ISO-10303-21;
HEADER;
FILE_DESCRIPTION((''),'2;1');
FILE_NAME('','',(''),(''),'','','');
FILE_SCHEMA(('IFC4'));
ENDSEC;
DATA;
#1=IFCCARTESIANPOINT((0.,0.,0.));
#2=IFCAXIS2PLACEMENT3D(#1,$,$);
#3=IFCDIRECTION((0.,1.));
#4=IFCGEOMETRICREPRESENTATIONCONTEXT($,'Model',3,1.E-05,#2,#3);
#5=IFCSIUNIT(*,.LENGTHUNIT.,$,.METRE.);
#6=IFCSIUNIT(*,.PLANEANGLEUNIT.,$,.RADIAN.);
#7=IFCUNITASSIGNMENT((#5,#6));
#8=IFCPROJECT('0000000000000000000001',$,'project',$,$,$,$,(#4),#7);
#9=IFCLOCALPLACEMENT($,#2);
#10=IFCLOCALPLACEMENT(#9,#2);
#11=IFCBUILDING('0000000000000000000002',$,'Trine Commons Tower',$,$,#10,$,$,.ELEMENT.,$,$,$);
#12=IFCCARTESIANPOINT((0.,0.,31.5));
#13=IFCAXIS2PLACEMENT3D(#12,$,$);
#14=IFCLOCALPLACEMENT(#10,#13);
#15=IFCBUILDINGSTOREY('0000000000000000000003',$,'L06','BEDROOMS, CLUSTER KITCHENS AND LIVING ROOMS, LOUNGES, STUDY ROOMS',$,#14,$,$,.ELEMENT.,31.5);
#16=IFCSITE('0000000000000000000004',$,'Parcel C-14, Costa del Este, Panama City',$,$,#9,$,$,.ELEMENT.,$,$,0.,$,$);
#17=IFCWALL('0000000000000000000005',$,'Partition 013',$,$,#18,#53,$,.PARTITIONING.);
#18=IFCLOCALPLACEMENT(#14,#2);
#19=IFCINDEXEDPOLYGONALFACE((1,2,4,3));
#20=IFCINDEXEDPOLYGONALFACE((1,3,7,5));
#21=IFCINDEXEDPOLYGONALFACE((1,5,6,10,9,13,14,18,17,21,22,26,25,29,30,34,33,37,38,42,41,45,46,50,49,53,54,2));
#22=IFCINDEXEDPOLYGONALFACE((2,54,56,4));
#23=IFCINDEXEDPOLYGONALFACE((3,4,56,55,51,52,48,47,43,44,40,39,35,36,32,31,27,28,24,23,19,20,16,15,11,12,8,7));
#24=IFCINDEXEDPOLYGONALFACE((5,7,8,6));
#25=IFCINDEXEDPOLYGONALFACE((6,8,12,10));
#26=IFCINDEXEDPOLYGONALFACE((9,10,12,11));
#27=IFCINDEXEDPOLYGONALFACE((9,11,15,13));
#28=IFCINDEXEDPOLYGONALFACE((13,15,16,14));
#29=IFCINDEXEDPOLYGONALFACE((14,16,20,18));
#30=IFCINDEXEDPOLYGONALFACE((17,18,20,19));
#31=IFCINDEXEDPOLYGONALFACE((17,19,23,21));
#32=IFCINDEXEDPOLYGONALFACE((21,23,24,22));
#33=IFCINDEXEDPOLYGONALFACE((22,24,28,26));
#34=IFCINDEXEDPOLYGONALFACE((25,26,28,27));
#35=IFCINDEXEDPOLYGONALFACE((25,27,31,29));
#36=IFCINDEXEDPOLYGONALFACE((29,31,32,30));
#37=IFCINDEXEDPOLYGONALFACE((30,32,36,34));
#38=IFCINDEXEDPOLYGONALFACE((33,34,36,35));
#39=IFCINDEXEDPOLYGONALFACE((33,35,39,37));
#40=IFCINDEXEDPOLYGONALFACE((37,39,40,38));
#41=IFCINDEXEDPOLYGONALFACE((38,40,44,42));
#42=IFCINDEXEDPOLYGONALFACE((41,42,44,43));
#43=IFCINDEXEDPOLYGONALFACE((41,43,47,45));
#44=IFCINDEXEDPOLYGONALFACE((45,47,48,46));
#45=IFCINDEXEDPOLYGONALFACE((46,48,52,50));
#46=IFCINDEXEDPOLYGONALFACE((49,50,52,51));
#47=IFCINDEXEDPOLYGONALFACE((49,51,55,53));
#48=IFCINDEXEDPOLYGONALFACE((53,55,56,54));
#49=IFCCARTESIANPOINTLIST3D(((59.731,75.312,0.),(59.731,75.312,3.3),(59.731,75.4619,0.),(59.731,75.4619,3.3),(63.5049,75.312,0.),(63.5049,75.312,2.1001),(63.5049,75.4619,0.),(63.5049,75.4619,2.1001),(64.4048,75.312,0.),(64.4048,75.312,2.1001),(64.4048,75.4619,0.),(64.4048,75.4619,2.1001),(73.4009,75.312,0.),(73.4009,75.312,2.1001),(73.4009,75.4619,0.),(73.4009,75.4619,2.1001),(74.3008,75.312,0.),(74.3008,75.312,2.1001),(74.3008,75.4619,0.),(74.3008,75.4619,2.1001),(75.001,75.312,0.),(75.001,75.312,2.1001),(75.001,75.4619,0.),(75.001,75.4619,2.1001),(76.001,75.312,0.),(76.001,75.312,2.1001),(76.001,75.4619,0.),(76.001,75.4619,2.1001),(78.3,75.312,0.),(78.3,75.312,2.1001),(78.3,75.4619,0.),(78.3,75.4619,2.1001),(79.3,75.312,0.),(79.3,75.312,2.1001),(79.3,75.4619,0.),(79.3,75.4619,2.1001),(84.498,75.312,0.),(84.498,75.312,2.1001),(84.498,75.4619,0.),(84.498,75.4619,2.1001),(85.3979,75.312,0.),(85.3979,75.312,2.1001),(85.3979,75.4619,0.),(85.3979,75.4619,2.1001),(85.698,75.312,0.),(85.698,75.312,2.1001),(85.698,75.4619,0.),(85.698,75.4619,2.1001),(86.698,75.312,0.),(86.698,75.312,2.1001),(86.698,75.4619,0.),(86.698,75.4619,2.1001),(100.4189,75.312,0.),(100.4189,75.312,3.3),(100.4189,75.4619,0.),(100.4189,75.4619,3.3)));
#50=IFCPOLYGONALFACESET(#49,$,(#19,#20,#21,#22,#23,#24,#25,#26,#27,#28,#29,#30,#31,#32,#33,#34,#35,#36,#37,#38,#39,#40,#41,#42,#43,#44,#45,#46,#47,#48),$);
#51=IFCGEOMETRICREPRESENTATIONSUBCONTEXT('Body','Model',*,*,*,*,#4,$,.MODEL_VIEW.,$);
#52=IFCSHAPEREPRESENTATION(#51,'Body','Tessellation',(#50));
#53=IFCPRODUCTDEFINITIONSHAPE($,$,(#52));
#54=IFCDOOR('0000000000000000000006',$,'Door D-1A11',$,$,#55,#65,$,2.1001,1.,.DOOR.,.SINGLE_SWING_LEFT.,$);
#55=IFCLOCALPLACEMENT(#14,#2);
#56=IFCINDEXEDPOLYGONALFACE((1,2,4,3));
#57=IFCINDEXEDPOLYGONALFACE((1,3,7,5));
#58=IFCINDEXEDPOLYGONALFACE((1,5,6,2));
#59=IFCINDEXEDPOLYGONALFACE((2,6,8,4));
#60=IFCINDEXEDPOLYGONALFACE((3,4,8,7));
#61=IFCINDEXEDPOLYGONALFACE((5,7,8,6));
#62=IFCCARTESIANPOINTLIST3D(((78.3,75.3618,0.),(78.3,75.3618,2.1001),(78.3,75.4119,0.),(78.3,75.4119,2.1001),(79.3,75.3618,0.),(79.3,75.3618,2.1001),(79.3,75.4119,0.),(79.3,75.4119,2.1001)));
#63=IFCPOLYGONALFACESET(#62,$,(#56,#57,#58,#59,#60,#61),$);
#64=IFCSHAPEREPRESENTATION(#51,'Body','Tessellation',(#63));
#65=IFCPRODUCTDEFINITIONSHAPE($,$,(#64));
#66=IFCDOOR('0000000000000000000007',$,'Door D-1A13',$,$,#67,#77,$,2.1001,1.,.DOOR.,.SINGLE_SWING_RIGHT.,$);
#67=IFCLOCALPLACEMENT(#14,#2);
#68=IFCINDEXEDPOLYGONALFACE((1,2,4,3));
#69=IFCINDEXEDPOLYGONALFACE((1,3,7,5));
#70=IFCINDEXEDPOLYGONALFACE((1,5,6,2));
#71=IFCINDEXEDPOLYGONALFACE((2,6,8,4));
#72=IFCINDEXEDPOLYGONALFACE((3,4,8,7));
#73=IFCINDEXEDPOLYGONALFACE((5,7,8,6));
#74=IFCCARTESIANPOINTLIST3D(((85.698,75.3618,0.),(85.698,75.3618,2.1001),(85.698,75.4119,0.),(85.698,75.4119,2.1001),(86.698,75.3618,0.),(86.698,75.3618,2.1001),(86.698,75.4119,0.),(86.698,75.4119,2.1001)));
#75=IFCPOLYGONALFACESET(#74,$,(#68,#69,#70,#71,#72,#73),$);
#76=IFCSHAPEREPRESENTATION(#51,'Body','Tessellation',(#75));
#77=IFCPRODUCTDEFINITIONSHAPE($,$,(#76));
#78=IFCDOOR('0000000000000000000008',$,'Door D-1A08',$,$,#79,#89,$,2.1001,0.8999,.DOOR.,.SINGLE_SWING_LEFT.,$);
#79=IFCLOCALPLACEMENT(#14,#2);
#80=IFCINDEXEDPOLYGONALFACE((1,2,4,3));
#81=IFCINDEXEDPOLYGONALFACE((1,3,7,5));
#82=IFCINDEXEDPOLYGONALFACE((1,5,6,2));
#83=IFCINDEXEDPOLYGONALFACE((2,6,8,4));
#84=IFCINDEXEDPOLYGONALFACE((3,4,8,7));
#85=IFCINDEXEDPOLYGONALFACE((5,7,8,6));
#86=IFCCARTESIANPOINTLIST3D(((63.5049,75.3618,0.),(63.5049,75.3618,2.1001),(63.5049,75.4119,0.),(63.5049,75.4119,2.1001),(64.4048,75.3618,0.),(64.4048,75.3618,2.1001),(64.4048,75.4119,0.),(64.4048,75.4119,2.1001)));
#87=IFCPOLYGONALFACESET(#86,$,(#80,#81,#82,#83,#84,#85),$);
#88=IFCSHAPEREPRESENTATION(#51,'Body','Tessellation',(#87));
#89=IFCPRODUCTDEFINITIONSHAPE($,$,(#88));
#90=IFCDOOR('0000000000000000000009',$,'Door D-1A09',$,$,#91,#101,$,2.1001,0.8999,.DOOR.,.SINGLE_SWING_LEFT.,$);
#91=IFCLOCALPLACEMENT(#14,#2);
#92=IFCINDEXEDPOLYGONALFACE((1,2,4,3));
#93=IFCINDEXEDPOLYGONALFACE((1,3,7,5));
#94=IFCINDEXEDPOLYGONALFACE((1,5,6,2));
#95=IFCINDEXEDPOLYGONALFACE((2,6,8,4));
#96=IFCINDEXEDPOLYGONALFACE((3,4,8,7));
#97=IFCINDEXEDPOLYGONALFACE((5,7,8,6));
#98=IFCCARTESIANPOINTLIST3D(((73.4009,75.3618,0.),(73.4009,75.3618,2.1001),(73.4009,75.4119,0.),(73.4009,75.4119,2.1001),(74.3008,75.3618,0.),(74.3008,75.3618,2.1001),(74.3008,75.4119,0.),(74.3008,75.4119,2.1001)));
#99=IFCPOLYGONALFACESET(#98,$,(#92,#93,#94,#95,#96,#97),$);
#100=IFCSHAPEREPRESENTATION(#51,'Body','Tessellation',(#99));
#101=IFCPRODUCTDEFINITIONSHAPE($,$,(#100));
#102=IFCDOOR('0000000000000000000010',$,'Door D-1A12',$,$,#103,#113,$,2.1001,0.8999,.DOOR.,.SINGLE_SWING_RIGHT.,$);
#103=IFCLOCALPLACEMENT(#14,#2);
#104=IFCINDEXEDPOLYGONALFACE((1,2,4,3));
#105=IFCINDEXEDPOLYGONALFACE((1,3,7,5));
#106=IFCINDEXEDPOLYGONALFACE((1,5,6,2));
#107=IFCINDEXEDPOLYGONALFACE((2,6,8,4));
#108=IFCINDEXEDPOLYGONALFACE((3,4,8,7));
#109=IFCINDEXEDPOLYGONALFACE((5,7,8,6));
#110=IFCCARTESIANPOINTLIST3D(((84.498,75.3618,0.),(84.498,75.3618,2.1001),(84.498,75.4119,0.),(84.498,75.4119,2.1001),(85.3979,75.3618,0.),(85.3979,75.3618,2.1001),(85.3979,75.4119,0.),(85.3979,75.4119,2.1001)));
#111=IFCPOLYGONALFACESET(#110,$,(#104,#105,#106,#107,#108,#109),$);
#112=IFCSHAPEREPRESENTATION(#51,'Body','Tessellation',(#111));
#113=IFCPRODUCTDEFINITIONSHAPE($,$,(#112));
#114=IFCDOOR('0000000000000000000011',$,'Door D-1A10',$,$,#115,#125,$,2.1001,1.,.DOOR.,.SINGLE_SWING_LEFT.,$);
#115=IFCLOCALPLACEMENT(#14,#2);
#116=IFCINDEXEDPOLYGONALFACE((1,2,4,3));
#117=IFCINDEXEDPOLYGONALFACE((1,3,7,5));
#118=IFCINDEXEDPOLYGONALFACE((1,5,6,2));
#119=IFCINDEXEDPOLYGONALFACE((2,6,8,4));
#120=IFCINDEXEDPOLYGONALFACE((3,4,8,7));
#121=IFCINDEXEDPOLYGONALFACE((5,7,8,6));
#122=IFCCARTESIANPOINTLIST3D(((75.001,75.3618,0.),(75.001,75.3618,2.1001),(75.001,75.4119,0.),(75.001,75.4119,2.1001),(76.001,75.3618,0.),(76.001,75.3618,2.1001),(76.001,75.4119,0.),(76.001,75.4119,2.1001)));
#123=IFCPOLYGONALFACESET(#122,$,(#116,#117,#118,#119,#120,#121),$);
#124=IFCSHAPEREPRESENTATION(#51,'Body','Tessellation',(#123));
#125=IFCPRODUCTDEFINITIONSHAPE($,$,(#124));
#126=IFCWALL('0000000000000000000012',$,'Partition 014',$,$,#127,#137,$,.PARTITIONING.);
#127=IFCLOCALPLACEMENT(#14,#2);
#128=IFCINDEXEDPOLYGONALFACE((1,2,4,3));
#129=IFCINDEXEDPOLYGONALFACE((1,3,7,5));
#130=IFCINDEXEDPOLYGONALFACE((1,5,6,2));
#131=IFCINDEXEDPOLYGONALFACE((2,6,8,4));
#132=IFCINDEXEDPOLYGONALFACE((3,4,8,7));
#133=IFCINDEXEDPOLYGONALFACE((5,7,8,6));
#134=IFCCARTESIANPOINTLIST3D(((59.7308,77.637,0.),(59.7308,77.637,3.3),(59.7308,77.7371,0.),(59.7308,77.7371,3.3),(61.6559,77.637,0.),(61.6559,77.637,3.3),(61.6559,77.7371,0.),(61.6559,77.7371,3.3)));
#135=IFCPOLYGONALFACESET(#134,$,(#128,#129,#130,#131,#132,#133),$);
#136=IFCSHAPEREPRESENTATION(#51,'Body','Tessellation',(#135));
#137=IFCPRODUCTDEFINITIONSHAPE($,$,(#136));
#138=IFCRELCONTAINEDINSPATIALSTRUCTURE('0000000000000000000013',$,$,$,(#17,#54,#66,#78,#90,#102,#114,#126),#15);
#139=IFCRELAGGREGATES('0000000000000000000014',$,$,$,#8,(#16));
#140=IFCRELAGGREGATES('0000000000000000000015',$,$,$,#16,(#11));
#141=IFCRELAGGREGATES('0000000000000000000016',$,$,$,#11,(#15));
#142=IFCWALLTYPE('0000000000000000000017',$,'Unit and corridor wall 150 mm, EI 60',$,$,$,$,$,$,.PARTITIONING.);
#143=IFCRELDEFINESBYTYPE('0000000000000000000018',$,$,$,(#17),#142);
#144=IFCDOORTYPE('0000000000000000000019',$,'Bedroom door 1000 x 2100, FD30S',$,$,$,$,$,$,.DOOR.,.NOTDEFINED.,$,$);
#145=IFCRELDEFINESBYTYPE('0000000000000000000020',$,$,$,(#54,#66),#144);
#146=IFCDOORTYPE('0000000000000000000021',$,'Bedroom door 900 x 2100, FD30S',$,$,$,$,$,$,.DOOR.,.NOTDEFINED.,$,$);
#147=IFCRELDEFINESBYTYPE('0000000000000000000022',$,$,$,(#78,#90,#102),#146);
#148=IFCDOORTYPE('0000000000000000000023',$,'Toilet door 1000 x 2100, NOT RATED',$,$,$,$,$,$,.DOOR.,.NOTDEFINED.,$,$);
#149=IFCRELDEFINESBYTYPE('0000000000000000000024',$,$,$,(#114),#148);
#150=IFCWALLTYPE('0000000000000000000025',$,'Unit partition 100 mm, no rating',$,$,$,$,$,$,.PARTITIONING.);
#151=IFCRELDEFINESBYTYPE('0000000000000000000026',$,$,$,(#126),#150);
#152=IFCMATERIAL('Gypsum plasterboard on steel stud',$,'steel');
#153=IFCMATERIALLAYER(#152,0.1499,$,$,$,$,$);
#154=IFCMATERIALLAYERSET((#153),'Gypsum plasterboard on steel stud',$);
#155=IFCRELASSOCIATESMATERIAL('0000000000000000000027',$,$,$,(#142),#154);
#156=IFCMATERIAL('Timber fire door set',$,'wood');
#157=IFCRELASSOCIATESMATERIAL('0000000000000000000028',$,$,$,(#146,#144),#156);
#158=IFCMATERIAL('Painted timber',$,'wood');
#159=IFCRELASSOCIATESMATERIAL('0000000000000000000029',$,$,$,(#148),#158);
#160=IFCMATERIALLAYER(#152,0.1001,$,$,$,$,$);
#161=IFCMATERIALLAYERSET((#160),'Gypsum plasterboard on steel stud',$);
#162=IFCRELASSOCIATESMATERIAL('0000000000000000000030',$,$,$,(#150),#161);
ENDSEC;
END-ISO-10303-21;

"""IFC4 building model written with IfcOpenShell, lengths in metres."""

from ifc_helpers import new_model, si_unit, direction, frame, frame_2d, origin, place, context, subcontext, project, spatial, rectangle, extrude, material, layer, layer_set, type_object, element, fill, save


model = new_model("IFC4")

# Units and contexts
model_context = context("Model", 3, precision=1e-05, world=origin(), true_north=direction((0.0, 1.0)))
body_context = subcontext(model_context, "Body", "Model", "MODEL_VIEW")
ifc_project = project(units=[si_unit("LENGTHUNIT", "METRE"), si_unit("PLANEANGLEUNIT", "RADIAN")], contexts=[model_context])

# Site, building, storey
site_placement = place(None, origin())
site = spatial("IfcSite", under=ifc_project, at=site_placement, Name="Parcel C-14, Costa del Este, Panama City", CompositionType="ELEMENT", RefElevation=0.0)
building_placement = place(site_placement, origin())
building = spatial("IfcBuilding", under=site, at=building_placement, Name="Trine Commons Tower", CompositionType="ELEMENT")
storey_placement = place(building_placement, frame((0.0, 0.0, 31.5)))
storey = spatial("IfcBuildingStorey", under=building, at=storey_placement, Name="L06", Description="BEDROOMS, CLUSTER KITCHENS AND LIVING ROOMS, LOUNGES, STUDY ROOMS", CompositionType="ELEMENT", Elevation=31.5)

# Shared definitions
ifc_material_1 = material(Name="Gypsum plasterboard on steel stud", Category="steel")
ifc_layer_1 = layer(ifc_material_1, 0.1499)
ifc_layer_set_1 = layer_set([ifc_layer_1], Name="Gypsum plasterboard on steel stud")
wall_type_1 = type_object("IfcWallType", Name="Unit and corridor wall 150 mm, EI 60", PredefinedType="PARTITIONING", material=ifc_layer_set_1)

# Shared definitions
ifc_material_2 = material(Name="Timber fire door set", Category="wood")
door_type_1 = type_object("IfcDoorType", Name="Bedroom door 900 x 2100, FD30S", OperationType="NOTDEFINED", PredefinedType="DOOR", material=ifc_material_2)

# Wall, openings, doors
wall_1_placement = place(storey_placement, frame((59.731, 75.387, 0.0), z_axis=(0.0, 0.0, 1.0), x_axis=(1.0, 0.0, 0.0)))
wall_1 = element("IfcWall", 1, at=wall_1_placement, inside=storey, type_object=wall_type_1, Name="Partition 013", PredefinedType="PARTITIONING", context=body_context, shape_type="SweptSolid", body=[
    extrude(rectangle(XDim=40.688, YDim=0.1499, at=frame_2d((20.344, 0.0))), origin(), (0.0, 0.0, 1.0), 3.3),
])
opening_1_placement = place(wall_1_placement, frame((3.7739, 0.0, 0.0)))
opening_1 = element("IfcOpeningElement", 2, at=opening_1_placement, cuts=wall_1, PredefinedType="OPENING", context=body_context, shape_type="SweptSolid", body=[
    extrude(rectangle(XDim=0.8999, YDim=2.1001, at=frame_2d((0.45, 1.05))), frame((0.0, 0.085, 0.0), z_axis=(0.0, -1.0, 0.0), x_axis=(1.0, 0.0, 0.0)), (0.0, 0.0, 1.0), 0.1699),
])
opening_2_placement = place(wall_1_placement, frame((13.6699, 0.0, 0.0)))
opening_2 = element("IfcOpeningElement", 3, at=opening_2_placement, cuts=wall_1, PredefinedType="OPENING", context=body_context, shape_type="SweptSolid", body=[
    extrude(rectangle(XDim=0.8999, YDim=2.1001, at=frame_2d((0.45, 1.05))), frame((0.0, 0.085, 0.0), z_axis=(0.0, -1.0, 0.0), x_axis=(1.0, 0.0, 0.0)), (0.0, 0.0, 1.0), 0.1699),
])
opening_3_placement = place(wall_1_placement, frame((15.27, 0.0, 0.0)))
opening_3 = element("IfcOpeningElement", 4, at=opening_3_placement, cuts=wall_1, PredefinedType="OPENING", context=body_context, shape_type="SweptSolid", body=[
    extrude(rectangle(XDim=1.0, YDim=2.1001, at=frame_2d((0.5, 1.05))), frame((0.0, 0.085, 0.0), z_axis=(0.0, -1.0, 0.0), x_axis=(1.0, 0.0, 0.0)), (0.0, 0.0, 1.0), 0.1699),
])
opening_4_placement = place(wall_1_placement, frame((18.5691, 0.0, 0.0)))
opening_4 = element("IfcOpeningElement", 5, at=opening_4_placement, cuts=wall_1, PredefinedType="OPENING", context=body_context, shape_type="SweptSolid", body=[
    extrude(rectangle(XDim=1.0, YDim=2.1001, at=frame_2d((0.5, 1.05))), frame((0.0, 0.085, 0.0), z_axis=(0.0, -1.0, 0.0), x_axis=(1.0, 0.0, 0.0)), (0.0, 0.0, 1.0), 0.1699),
])
opening_5_placement = place(wall_1_placement, frame((24.7671, 0.0, 0.0)))
opening_5 = element("IfcOpeningElement", 6, at=opening_5_placement, cuts=wall_1, PredefinedType="OPENING", context=body_context, shape_type="SweptSolid", body=[
    extrude(rectangle(XDim=0.8999, YDim=2.1001, at=frame_2d((0.45, 1.05))), frame((0.0, 0.085, 0.0), z_axis=(0.0, -1.0, 0.0), x_axis=(1.0, 0.0, 0.0)), (0.0, 0.0, 1.0), 0.1699),
])
opening_6_placement = place(wall_1_placement, frame((25.967, 0.0, 0.0)))
opening_6 = element("IfcOpeningElement", 7, at=opening_6_placement, cuts=wall_1, PredefinedType="OPENING", context=body_context, shape_type="SweptSolid", body=[
    extrude(rectangle(XDim=1.0, YDim=2.1001, at=frame_2d((0.5, 1.05))), frame((0.0, 0.085, 0.0), z_axis=(0.0, -1.0, 0.0), x_axis=(1.0, 0.0, 0.0)), (0.0, 0.0, 1.0), 0.1699),
])
door_type_2 = type_object("IfcDoorType", Name="Bedroom door 1000 x 2100, FD30S", OperationType="NOTDEFINED", PredefinedType="DOOR", material=ifc_material_2)
door_1_placement = place(opening_4_placement, origin())
door_1 = element("IfcDoor", 8, at=door_1_placement, inside=storey, type_object=door_type_2, Name="Door D-1A11", OperationType="SINGLE_SWING_LEFT", OverallHeight=2.1001, OverallWidth=1.0, PredefinedType="DOOR", context=body_context, shape_type="SweptSolid", body=[
    extrude(rectangle(XDim=1.0, YDim=2.1001, at=frame_2d((0.5, 1.05))), frame((0.0, 0.0249, 0.0), z_axis=(0.0, -1.0, 0.0), x_axis=(1.0, 0.0, 0.0)), (0.0, 0.0, 1.0), 0.05),
])
fill(opening_4, door_1)
door_2_placement = place(opening_6_placement, origin())
door_2 = element("IfcDoor", 9, at=door_2_placement, inside=storey, type_object=door_type_2, Name="Door D-1A13", OperationType="SINGLE_SWING_RIGHT", OverallHeight=2.1001, OverallWidth=1.0, PredefinedType="DOOR", context=body_context, shape_type="SweptSolid", body=[
    extrude(rectangle(XDim=1.0, YDim=2.1001, at=frame_2d((0.5, 1.05))), frame((0.0, 0.0249, 0.0), z_axis=(0.0, -1.0, 0.0), x_axis=(1.0, 0.0, 0.0)), (0.0, 0.0, 1.0), 0.05),
])
fill(opening_6, door_2)
door_3_placement = place(opening_1_placement, origin())
door_3 = element("IfcDoor", 10, at=door_3_placement, inside=storey, type_object=door_type_1, Name="Door D-1A08", OperationType="SINGLE_SWING_LEFT", OverallHeight=2.1001, OverallWidth=0.8999, PredefinedType="DOOR", context=body_context, shape_type="SweptSolid", body=[
    extrude(rectangle(XDim=0.8999, YDim=2.1001, at=frame_2d((0.45, 1.05))), frame((0.0, 0.0249, 0.0), z_axis=(0.0, -1.0, 0.0), x_axis=(1.0, 0.0, 0.0)), (0.0, 0.0, 1.0), 0.05),
])
fill(opening_1, door_3)
door_4_placement = place(opening_2_placement, origin())
door_4 = element("IfcDoor", 11, at=door_4_placement, inside=storey, type_object=door_type_1, Name="Door D-1A09", OperationType="SINGLE_SWING_LEFT", OverallHeight=2.1001, OverallWidth=0.8999, PredefinedType="DOOR", context=body_context, shape_type="SweptSolid", body=[
    extrude(rectangle(XDim=0.8999, YDim=2.1001, at=frame_2d((0.45, 1.05))), frame((0.0, 0.0249, 0.0), z_axis=(0.0, -1.0, 0.0), x_axis=(1.0, 0.0, 0.0)), (0.0, 0.0, 1.0), 0.05),
])
fill(opening_2, door_4)
door_5_placement = place(opening_5_placement, origin())
door_5 = element("IfcDoor", 12, at=door_5_placement, inside=storey, type_object=door_type_1, Name="Door D-1A12", OperationType="SINGLE_SWING_RIGHT", OverallHeight=2.1001, OverallWidth=0.8999, PredefinedType="DOOR", context=body_context, shape_type="SweptSolid", body=[
    extrude(rectangle(XDim=0.8999, YDim=2.1001, at=frame_2d((0.45, 1.05))), frame((0.0, 0.0249, 0.0), z_axis=(0.0, -1.0, 0.0), x_axis=(1.0, 0.0, 0.0)), (0.0, 0.0, 1.0), 0.05),
])
fill(opening_5, door_5)
ifc_material_3 = material(Name="Painted timber", Category="wood")
door_type_3 = type_object("IfcDoorType", Name="Toilet door 1000 x 2100, NOT RATED", OperationType="NOTDEFINED", PredefinedType="DOOR", material=ifc_material_3)
door_6_placement = place(opening_3_placement, origin())
door_6 = element("IfcDoor", 13, at=door_6_placement, inside=storey, type_object=door_type_3, Name="Door D-1A10", OperationType="SINGLE_SWING_LEFT", OverallHeight=2.1001, OverallWidth=1.0, PredefinedType="DOOR", context=body_context, shape_type="SweptSolid", body=[
    extrude(rectangle(XDim=1.0, YDim=2.1001, at=frame_2d((0.5, 1.05))), frame((0.0, 0.0249, 0.0), z_axis=(0.0, -1.0, 0.0), x_axis=(1.0, 0.0, 0.0)), (0.0, 0.0, 1.0), 0.05),
])
fill(opening_3, door_6)

# Wall
ifc_layer_2 = layer(ifc_material_1, 0.1001)
ifc_layer_set_2 = layer_set([ifc_layer_2], Name="Gypsum plasterboard on steel stud")
wall_type_2 = type_object("IfcWallType", Name="Unit partition 100 mm, no rating", PredefinedType="PARTITIONING", material=ifc_layer_set_2)
wall_2_placement = place(storey_placement, frame((59.731, 77.687, 0.0), z_axis=(0.0, 0.0, 1.0), x_axis=(1.0, 0.0, 0.0)))
element("IfcWall", 14, at=wall_2_placement, inside=storey, type_object=wall_type_2, Name="Partition 014", PredefinedType="PARTITIONING", context=body_context, shape_type="SweptSolid", body=[
    extrude(rectangle(XDim=1.925, YDim=0.1001, at=frame_2d((0.9624, 0.0))), origin(), (0.0, 0.0, 1.0), 3.3),
])

save(model, "model.ifc")
